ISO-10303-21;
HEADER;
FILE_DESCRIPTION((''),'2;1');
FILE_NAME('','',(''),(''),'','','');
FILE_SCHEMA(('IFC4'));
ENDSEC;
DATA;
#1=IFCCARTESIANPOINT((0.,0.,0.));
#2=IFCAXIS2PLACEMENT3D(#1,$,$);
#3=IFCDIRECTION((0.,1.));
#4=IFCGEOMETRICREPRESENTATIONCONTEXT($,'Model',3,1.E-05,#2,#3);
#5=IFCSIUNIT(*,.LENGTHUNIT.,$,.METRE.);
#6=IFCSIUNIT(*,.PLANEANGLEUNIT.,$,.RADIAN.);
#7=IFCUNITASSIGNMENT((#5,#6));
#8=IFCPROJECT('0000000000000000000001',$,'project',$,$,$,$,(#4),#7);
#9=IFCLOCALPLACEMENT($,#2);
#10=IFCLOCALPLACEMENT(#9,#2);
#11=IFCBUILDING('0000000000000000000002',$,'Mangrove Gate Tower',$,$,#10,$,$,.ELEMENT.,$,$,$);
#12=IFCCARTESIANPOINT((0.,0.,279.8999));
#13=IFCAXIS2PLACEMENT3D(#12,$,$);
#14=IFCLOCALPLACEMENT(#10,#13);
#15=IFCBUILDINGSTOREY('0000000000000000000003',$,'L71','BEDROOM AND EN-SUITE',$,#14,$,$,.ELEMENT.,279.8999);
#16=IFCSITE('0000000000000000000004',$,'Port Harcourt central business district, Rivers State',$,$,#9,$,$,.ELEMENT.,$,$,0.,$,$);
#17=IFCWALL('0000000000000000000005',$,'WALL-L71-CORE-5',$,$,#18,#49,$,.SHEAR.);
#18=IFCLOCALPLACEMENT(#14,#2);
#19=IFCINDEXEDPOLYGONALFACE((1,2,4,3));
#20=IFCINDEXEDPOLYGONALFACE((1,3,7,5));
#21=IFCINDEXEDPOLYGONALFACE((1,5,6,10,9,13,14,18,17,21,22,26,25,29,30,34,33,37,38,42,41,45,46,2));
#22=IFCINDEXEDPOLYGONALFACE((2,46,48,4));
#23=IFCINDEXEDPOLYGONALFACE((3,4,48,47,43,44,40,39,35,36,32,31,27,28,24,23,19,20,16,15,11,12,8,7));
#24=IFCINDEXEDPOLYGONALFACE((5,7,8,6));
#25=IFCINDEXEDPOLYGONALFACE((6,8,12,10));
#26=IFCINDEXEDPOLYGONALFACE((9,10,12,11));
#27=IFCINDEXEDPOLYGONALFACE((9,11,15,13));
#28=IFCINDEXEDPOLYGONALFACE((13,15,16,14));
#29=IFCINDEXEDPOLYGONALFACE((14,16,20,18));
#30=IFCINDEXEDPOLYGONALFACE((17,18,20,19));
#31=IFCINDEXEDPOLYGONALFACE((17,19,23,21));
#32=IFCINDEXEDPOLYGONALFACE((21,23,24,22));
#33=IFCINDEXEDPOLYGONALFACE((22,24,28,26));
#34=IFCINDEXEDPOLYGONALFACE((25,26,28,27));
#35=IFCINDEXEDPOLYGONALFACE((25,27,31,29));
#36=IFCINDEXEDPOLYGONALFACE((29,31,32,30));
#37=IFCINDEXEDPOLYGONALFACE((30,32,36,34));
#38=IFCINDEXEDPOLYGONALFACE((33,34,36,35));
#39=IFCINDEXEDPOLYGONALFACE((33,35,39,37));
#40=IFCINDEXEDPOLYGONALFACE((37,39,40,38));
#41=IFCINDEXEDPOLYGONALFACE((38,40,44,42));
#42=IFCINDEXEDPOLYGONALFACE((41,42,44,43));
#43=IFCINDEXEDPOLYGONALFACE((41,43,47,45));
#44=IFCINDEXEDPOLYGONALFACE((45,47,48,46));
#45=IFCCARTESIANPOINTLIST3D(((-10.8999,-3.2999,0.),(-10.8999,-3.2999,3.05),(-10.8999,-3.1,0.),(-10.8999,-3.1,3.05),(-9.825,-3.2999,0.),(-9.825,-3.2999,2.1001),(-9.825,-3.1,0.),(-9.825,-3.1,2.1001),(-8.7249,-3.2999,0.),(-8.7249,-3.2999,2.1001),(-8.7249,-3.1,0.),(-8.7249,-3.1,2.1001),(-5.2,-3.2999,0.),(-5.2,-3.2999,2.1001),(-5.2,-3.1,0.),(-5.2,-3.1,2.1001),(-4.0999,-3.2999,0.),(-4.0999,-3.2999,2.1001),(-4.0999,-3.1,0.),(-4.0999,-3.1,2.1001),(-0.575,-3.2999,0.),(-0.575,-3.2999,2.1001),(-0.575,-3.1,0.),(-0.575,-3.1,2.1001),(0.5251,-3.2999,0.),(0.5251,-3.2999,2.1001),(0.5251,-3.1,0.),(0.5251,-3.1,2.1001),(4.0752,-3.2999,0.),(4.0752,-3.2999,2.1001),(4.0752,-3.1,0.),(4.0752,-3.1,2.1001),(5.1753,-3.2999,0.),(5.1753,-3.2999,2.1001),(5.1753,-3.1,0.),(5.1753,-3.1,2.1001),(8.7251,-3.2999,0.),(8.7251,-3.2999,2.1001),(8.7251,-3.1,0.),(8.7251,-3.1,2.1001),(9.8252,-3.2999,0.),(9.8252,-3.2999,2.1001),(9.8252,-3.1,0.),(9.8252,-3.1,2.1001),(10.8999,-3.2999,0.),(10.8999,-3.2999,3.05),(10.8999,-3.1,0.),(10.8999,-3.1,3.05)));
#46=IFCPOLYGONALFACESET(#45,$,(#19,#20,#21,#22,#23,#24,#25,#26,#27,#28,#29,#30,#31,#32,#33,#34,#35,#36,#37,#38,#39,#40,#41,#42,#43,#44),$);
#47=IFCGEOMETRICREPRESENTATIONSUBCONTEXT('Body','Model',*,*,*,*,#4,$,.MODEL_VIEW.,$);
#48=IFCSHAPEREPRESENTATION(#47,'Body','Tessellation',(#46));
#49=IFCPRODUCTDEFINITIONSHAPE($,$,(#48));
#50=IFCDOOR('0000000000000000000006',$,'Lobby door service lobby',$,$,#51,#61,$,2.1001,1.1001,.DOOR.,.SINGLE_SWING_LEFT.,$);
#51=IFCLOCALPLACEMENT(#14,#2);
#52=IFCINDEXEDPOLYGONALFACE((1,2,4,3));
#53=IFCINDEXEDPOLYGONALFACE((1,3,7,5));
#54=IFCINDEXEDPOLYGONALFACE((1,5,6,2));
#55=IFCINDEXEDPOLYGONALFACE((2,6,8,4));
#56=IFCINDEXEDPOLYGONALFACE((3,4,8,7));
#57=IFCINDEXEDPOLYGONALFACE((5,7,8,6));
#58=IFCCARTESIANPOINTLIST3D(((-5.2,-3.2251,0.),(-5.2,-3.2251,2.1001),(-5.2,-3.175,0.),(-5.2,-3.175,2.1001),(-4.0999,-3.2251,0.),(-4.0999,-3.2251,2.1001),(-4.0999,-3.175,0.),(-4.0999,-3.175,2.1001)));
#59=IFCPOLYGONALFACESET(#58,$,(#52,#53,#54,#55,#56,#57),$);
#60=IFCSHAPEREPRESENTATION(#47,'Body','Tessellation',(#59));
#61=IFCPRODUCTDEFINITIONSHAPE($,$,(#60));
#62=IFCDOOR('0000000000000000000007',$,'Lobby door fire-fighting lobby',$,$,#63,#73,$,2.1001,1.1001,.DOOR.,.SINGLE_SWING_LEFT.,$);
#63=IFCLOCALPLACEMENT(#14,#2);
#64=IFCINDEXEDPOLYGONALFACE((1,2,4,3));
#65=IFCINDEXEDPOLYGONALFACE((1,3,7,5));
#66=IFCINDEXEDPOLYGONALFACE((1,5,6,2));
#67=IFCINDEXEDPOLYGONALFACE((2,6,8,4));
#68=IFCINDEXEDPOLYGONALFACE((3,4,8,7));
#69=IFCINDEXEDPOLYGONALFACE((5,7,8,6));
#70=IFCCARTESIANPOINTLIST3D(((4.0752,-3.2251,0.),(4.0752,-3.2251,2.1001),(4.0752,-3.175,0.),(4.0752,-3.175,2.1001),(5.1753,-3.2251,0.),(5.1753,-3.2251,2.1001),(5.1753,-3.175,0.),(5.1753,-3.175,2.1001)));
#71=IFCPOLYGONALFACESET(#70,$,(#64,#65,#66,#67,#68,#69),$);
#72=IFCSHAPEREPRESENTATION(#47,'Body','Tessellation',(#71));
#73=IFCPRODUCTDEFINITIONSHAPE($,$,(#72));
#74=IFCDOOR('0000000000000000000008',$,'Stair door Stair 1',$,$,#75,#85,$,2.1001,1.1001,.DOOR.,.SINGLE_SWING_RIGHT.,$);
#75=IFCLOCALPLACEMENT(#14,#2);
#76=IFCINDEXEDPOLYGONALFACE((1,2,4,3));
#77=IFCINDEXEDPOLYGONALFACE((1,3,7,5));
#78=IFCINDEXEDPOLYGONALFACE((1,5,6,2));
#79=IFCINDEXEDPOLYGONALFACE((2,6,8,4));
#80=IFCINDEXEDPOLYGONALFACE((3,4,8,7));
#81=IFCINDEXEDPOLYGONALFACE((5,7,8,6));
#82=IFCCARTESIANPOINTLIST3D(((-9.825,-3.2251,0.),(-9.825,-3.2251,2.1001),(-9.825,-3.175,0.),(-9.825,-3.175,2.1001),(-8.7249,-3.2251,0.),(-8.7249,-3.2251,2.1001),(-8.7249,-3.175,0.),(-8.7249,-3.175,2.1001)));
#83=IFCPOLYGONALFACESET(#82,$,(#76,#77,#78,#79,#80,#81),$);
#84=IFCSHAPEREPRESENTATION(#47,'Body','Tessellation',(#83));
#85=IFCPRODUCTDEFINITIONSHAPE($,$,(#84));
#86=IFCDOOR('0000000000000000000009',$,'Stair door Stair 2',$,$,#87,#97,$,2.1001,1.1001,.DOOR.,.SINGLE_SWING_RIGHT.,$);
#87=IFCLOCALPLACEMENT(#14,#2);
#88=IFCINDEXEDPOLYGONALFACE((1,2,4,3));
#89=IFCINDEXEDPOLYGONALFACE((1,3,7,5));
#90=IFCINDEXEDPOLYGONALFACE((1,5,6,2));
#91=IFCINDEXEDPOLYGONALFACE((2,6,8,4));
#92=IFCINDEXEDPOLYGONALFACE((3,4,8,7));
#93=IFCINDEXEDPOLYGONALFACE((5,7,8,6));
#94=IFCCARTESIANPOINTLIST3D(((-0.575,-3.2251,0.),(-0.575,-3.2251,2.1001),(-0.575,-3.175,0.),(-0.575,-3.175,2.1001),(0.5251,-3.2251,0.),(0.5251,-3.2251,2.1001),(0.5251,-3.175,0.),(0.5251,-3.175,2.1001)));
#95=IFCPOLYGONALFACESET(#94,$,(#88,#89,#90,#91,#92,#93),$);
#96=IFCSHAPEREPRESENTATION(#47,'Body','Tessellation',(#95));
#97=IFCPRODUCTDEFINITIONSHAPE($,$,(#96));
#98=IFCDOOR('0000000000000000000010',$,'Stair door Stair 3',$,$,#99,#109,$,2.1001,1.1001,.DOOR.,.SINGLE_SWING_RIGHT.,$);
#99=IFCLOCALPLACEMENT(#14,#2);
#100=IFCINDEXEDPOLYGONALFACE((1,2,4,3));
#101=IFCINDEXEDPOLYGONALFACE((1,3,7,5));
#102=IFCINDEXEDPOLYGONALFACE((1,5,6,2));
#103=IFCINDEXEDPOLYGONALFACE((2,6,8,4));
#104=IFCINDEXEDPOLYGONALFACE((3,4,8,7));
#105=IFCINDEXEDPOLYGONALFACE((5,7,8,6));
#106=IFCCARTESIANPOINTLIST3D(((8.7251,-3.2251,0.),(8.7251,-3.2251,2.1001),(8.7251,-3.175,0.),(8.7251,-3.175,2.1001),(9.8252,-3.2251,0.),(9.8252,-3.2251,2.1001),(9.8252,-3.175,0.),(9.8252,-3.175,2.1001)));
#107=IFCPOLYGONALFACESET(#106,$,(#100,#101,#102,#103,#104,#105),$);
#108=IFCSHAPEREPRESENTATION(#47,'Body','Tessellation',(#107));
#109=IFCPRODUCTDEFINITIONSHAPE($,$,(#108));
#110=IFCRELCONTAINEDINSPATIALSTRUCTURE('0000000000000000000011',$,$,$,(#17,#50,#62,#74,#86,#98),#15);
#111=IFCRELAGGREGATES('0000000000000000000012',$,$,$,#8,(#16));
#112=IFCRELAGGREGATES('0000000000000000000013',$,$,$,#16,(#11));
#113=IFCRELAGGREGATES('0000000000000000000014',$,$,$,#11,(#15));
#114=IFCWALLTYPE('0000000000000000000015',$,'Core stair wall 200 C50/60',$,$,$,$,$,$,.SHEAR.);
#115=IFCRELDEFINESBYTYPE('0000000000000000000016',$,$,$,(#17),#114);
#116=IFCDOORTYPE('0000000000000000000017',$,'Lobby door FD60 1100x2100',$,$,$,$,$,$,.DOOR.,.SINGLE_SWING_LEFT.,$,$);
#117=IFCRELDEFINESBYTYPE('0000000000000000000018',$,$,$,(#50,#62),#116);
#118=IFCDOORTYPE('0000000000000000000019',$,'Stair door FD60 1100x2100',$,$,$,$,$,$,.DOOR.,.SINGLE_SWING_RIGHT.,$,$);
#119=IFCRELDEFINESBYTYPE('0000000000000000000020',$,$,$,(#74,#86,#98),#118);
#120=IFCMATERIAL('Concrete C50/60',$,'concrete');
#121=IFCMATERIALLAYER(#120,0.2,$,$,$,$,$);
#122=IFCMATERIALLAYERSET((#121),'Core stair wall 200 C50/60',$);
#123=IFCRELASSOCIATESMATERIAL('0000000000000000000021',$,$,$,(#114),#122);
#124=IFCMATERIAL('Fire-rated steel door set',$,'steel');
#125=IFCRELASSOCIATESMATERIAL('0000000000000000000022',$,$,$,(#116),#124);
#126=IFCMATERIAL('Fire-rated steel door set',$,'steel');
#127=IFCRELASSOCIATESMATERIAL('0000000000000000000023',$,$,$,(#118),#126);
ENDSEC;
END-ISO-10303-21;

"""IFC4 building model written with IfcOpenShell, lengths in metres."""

from ifc_helpers import new_model, si_unit, direction, frame, frame_2d, origin, place, context, subcontext, project, spatial, rectangle, extrude, material, layer, layer_set, type_object, element, fill, save


model = new_model("IFC4")

# Units and contexts
model_context = context("Model", 3, precision=1e-05, world=origin(), true_north=direction((0.0, 1.0)))
body_context = subcontext(model_context, "Body", "Model", "MODEL_VIEW")
ifc_project = project(units=[si_unit("LENGTHUNIT", "METRE"), si_unit("PLANEANGLEUNIT", "RADIAN")], contexts=[model_context])

# Site, building, storey
site_placement = place(None, origin())
site = spatial("IfcSite", under=ifc_project, at=site_placement, Name="Port Harcourt central business district, Rivers State", CompositionType="ELEMENT", RefElevation=0.0)
building_placement = place(site_placement, origin())
building = spatial("IfcBuilding", under=site, at=building_placement, Name="Mangrove Gate Tower", CompositionType="ELEMENT")
storey_placement = place(building_placement, frame((0.0, 0.0, 279.8999)))
storey = spatial("IfcBuildingStorey", under=building, at=storey_placement, Name="L71", Description="BEDROOM AND EN-SUITE", CompositionType="ELEMENT", Elevation=279.8999)

# Wall, openings, doors
ifc_material_1 = material(Name="Concrete C50/60", Category="concrete")
ifc_layer_1 = layer(ifc_material_1, 0.2)
ifc_layer_set_1 = layer_set([ifc_layer_1], Name="Core stair wall 200 C50/60")
wall_type_1 = type_object("IfcWallType", Name="Core stair wall 200 C50/60", PredefinedType="SHEAR", material=ifc_layer_set_1)
wall_1_placement = place(storey_placement, frame((-10.8999, -3.2, 0.0), z_axis=(0.0, 0.0, 1.0), x_axis=(1.0, 0.0, 0.0)))
wall_1 = element("IfcWall", 1, at=wall_1_placement, inside=storey, type_object=wall_type_1, Name="WALL-L71-CORE-5", PredefinedType="SHEAR", context=body_context, shape_type="SweptSolid", body=[
    extrude(rectangle(XDim=21.7998, YDim=0.2, at=frame_2d((10.8999, 0.0))), origin(), (0.0, 0.0, 1.0), 3.05),
])
opening_1_placement = place(wall_1_placement, frame((1.075, 0.0, 0.0)))
opening_1 = element("IfcOpeningElement", 2, at=opening_1_placement, cuts=wall_1, PredefinedType="OPENING", context=body_context, shape_type="SweptSolid", body=[
    extrude(rectangle(XDim=1.1001, YDim=2.1001, at=frame_2d((0.55, 1.05))), frame((0.0, 0.1099, 0.0), z_axis=(0.0, -1.0, 0.0), x_axis=(1.0, 0.0, 0.0)), (0.0, 0.0, 1.0), 0.22),
])
opening_2_placement = place(wall_1_placement, frame((10.325, 0.0, 0.0)))
opening_2 = element("IfcOpeningElement", 3, at=opening_2_placement, cuts=wall_1, PredefinedType="OPENING", context=body_context, shape_type="SweptSolid", body=[
    extrude(rectangle(XDim=1.1001, YDim=2.1001, at=frame_2d((0.55, 1.05))), frame((0.0, 0.1099, 0.0), z_axis=(0.0, -1.0, 0.0), x_axis=(1.0, 0.0, 0.0)), (0.0, 0.0, 1.0), 0.22),
])
opening_3_placement = place(wall_1_placement, frame((19.625, 0.0, 0.0)))
opening_3 = element("IfcOpeningElement", 4, at=opening_3_placement, cuts=wall_1, PredefinedType="OPENING", context=body_context, shape_type="SweptSolid", body=[
    extrude(rectangle(XDim=1.1001, YDim=2.1001, at=frame_2d((0.55, 1.05))), frame((0.0, 0.1099, 0.0), z_axis=(0.0, -1.0, 0.0), x_axis=(1.0, 0.0, 0.0)), (0.0, 0.0, 1.0), 0.22),
])
opening_4_placement = place(wall_1_placement, frame((5.7, 0.0, 0.0)))
opening_4 = element("IfcOpeningElement", 5, at=opening_4_placement, cuts=wall_1, PredefinedType="OPENING", context=body_context, shape_type="SweptSolid", body=[
    extrude(rectangle(XDim=1.1001, YDim=2.1001, at=frame_2d((0.55, 1.05))), frame((0.0, 0.1099, 0.0), z_axis=(0.0, -1.0, 0.0), x_axis=(1.0, 0.0, 0.0)), (0.0, 0.0, 1.0), 0.22),
])
opening_5_placement = place(wall_1_placement, frame((14.9751, 0.0, 0.0)))
opening_5 = element("IfcOpeningElement", 6, at=opening_5_placement, cuts=wall_1, PredefinedType="OPENING", context=body_context, shape_type="SweptSolid", body=[
    extrude(rectangle(XDim=1.1001, YDim=2.1001, at=frame_2d((0.55, 1.05))), frame((0.0, 0.1099, 0.0), z_axis=(0.0, -1.0, 0.0), x_axis=(1.0, 0.0, 0.0)), (0.0, 0.0, 1.0), 0.22),
])
ifc_material_2 = material(Name="Fire-rated steel door set", Category="steel")
door_type_1 = type_object("IfcDoorType", Name="Lobby door FD60 1100x2100", OperationType="SINGLE_SWING_LEFT", PredefinedType="DOOR", material=ifc_material_2)
door_1_placement = place(opening_4_placement, origin())
door_1 = element("IfcDoor", 7, at=door_1_placement, inside=storey, type_object=door_type_1, Name="Lobby door service lobby", OperationType="SINGLE_SWING_LEFT", OverallHeight=2.1001, OverallWidth=1.1001, PredefinedType="DOOR", context=body_context, shape_type="SweptSolid", body=[
    extrude(rectangle(XDim=1.1001, YDim=2.1001, at=frame_2d((0.55, 1.05))), frame((0.0, 0.0249, 0.0), z_axis=(0.0, -1.0, 0.0), x_axis=(1.0, 0.0, 0.0)), (0.0, 0.0, 1.0), 0.05),
])
fill(opening_4, door_1)
door_2_placement = place(opening_5_placement, origin())
door_2 = element("IfcDoor", 8, at=door_2_placement, inside=storey, type_object=door_type_1, Name="Lobby door fire-fighting lobby", OperationType="SINGLE_SWING_LEFT", OverallHeight=2.1001, OverallWidth=1.1001, PredefinedType="DOOR", context=body_context, shape_type="SweptSolid", body=[
    extrude(rectangle(XDim=1.1001, YDim=2.1001, at=frame_2d((0.55, 1.05))), frame((0.0, 0.0249, 0.0), z_axis=(0.0, -1.0, 0.0), x_axis=(1.0, 0.0, 0.0)), (0.0, 0.0, 1.0), 0.05),
])
fill(opening_5, door_2)
ifc_material_3 = material(Name="Fire-rated steel door set", Category="steel")
door_type_2 = type_object("IfcDoorType", Name="Stair door FD60 1100x2100", OperationType="SINGLE_SWING_RIGHT", PredefinedType="DOOR", material=ifc_material_3)
door_3_placement = place(opening_1_placement, origin())
door_3 = element("IfcDoor", 9, at=door_3_placement, inside=storey, type_object=door_type_2, Name="Stair door Stair 1", OperationType="SINGLE_SWING_RIGHT", OverallHeight=2.1001, OverallWidth=1.1001, PredefinedType="DOOR", context=body_context, shape_type="SweptSolid", body=[
    extrude(rectangle(XDim=1.1001, YDim=2.1001, at=frame_2d((0.55, 1.05))), frame((0.0, 0.0249, 0.0), z_axis=(0.0, -1.0, 0.0), x_axis=(1.0, 0.0, 0.0)), (0.0, 0.0, 1.0), 0.05),
])
fill(opening_1, door_3)
door_4_placement = place(opening_2_placement, origin())
door_4 = element("IfcDoor", 10, at=door_4_placement, inside=storey, type_object=door_type_2, Name="Stair door Stair 2", OperationType="SINGLE_SWING_RIGHT", OverallHeight=2.1001, OverallWidth=1.1001, PredefinedType="DOOR", context=body_context, shape_type="SweptSolid", body=[
    extrude(rectangle(XDim=1.1001, YDim=2.1001, at=frame_2d((0.55, 1.05))), frame((0.0, 0.0249, 0.0), z_axis=(0.0, -1.0, 0.0), x_axis=(1.0, 0.0, 0.0)), (0.0, 0.0, 1.0), 0.05),
])
fill(opening_2, door_4)
door_5_placement = place(opening_3_placement, origin())
door_5 = element("IfcDoor", 11, at=door_5_placement, inside=storey, type_object=door_type_2, Name="Stair door Stair 3", OperationType="SINGLE_SWING_RIGHT", OverallHeight=2.1001, OverallWidth=1.1001, PredefinedType="DOOR", context=body_context, shape_type="SweptSolid", body=[
    extrude(rectangle(XDim=1.1001, YDim=2.1001, at=frame_2d((0.55, 1.05))), frame((0.0, 0.0249, 0.0), z_axis=(0.0, -1.0, 0.0), x_axis=(1.0, 0.0, 0.0)), (0.0, 0.0, 1.0), 0.05),
])
fill(opening_3, door_5)

save(model, "model.ifc")
